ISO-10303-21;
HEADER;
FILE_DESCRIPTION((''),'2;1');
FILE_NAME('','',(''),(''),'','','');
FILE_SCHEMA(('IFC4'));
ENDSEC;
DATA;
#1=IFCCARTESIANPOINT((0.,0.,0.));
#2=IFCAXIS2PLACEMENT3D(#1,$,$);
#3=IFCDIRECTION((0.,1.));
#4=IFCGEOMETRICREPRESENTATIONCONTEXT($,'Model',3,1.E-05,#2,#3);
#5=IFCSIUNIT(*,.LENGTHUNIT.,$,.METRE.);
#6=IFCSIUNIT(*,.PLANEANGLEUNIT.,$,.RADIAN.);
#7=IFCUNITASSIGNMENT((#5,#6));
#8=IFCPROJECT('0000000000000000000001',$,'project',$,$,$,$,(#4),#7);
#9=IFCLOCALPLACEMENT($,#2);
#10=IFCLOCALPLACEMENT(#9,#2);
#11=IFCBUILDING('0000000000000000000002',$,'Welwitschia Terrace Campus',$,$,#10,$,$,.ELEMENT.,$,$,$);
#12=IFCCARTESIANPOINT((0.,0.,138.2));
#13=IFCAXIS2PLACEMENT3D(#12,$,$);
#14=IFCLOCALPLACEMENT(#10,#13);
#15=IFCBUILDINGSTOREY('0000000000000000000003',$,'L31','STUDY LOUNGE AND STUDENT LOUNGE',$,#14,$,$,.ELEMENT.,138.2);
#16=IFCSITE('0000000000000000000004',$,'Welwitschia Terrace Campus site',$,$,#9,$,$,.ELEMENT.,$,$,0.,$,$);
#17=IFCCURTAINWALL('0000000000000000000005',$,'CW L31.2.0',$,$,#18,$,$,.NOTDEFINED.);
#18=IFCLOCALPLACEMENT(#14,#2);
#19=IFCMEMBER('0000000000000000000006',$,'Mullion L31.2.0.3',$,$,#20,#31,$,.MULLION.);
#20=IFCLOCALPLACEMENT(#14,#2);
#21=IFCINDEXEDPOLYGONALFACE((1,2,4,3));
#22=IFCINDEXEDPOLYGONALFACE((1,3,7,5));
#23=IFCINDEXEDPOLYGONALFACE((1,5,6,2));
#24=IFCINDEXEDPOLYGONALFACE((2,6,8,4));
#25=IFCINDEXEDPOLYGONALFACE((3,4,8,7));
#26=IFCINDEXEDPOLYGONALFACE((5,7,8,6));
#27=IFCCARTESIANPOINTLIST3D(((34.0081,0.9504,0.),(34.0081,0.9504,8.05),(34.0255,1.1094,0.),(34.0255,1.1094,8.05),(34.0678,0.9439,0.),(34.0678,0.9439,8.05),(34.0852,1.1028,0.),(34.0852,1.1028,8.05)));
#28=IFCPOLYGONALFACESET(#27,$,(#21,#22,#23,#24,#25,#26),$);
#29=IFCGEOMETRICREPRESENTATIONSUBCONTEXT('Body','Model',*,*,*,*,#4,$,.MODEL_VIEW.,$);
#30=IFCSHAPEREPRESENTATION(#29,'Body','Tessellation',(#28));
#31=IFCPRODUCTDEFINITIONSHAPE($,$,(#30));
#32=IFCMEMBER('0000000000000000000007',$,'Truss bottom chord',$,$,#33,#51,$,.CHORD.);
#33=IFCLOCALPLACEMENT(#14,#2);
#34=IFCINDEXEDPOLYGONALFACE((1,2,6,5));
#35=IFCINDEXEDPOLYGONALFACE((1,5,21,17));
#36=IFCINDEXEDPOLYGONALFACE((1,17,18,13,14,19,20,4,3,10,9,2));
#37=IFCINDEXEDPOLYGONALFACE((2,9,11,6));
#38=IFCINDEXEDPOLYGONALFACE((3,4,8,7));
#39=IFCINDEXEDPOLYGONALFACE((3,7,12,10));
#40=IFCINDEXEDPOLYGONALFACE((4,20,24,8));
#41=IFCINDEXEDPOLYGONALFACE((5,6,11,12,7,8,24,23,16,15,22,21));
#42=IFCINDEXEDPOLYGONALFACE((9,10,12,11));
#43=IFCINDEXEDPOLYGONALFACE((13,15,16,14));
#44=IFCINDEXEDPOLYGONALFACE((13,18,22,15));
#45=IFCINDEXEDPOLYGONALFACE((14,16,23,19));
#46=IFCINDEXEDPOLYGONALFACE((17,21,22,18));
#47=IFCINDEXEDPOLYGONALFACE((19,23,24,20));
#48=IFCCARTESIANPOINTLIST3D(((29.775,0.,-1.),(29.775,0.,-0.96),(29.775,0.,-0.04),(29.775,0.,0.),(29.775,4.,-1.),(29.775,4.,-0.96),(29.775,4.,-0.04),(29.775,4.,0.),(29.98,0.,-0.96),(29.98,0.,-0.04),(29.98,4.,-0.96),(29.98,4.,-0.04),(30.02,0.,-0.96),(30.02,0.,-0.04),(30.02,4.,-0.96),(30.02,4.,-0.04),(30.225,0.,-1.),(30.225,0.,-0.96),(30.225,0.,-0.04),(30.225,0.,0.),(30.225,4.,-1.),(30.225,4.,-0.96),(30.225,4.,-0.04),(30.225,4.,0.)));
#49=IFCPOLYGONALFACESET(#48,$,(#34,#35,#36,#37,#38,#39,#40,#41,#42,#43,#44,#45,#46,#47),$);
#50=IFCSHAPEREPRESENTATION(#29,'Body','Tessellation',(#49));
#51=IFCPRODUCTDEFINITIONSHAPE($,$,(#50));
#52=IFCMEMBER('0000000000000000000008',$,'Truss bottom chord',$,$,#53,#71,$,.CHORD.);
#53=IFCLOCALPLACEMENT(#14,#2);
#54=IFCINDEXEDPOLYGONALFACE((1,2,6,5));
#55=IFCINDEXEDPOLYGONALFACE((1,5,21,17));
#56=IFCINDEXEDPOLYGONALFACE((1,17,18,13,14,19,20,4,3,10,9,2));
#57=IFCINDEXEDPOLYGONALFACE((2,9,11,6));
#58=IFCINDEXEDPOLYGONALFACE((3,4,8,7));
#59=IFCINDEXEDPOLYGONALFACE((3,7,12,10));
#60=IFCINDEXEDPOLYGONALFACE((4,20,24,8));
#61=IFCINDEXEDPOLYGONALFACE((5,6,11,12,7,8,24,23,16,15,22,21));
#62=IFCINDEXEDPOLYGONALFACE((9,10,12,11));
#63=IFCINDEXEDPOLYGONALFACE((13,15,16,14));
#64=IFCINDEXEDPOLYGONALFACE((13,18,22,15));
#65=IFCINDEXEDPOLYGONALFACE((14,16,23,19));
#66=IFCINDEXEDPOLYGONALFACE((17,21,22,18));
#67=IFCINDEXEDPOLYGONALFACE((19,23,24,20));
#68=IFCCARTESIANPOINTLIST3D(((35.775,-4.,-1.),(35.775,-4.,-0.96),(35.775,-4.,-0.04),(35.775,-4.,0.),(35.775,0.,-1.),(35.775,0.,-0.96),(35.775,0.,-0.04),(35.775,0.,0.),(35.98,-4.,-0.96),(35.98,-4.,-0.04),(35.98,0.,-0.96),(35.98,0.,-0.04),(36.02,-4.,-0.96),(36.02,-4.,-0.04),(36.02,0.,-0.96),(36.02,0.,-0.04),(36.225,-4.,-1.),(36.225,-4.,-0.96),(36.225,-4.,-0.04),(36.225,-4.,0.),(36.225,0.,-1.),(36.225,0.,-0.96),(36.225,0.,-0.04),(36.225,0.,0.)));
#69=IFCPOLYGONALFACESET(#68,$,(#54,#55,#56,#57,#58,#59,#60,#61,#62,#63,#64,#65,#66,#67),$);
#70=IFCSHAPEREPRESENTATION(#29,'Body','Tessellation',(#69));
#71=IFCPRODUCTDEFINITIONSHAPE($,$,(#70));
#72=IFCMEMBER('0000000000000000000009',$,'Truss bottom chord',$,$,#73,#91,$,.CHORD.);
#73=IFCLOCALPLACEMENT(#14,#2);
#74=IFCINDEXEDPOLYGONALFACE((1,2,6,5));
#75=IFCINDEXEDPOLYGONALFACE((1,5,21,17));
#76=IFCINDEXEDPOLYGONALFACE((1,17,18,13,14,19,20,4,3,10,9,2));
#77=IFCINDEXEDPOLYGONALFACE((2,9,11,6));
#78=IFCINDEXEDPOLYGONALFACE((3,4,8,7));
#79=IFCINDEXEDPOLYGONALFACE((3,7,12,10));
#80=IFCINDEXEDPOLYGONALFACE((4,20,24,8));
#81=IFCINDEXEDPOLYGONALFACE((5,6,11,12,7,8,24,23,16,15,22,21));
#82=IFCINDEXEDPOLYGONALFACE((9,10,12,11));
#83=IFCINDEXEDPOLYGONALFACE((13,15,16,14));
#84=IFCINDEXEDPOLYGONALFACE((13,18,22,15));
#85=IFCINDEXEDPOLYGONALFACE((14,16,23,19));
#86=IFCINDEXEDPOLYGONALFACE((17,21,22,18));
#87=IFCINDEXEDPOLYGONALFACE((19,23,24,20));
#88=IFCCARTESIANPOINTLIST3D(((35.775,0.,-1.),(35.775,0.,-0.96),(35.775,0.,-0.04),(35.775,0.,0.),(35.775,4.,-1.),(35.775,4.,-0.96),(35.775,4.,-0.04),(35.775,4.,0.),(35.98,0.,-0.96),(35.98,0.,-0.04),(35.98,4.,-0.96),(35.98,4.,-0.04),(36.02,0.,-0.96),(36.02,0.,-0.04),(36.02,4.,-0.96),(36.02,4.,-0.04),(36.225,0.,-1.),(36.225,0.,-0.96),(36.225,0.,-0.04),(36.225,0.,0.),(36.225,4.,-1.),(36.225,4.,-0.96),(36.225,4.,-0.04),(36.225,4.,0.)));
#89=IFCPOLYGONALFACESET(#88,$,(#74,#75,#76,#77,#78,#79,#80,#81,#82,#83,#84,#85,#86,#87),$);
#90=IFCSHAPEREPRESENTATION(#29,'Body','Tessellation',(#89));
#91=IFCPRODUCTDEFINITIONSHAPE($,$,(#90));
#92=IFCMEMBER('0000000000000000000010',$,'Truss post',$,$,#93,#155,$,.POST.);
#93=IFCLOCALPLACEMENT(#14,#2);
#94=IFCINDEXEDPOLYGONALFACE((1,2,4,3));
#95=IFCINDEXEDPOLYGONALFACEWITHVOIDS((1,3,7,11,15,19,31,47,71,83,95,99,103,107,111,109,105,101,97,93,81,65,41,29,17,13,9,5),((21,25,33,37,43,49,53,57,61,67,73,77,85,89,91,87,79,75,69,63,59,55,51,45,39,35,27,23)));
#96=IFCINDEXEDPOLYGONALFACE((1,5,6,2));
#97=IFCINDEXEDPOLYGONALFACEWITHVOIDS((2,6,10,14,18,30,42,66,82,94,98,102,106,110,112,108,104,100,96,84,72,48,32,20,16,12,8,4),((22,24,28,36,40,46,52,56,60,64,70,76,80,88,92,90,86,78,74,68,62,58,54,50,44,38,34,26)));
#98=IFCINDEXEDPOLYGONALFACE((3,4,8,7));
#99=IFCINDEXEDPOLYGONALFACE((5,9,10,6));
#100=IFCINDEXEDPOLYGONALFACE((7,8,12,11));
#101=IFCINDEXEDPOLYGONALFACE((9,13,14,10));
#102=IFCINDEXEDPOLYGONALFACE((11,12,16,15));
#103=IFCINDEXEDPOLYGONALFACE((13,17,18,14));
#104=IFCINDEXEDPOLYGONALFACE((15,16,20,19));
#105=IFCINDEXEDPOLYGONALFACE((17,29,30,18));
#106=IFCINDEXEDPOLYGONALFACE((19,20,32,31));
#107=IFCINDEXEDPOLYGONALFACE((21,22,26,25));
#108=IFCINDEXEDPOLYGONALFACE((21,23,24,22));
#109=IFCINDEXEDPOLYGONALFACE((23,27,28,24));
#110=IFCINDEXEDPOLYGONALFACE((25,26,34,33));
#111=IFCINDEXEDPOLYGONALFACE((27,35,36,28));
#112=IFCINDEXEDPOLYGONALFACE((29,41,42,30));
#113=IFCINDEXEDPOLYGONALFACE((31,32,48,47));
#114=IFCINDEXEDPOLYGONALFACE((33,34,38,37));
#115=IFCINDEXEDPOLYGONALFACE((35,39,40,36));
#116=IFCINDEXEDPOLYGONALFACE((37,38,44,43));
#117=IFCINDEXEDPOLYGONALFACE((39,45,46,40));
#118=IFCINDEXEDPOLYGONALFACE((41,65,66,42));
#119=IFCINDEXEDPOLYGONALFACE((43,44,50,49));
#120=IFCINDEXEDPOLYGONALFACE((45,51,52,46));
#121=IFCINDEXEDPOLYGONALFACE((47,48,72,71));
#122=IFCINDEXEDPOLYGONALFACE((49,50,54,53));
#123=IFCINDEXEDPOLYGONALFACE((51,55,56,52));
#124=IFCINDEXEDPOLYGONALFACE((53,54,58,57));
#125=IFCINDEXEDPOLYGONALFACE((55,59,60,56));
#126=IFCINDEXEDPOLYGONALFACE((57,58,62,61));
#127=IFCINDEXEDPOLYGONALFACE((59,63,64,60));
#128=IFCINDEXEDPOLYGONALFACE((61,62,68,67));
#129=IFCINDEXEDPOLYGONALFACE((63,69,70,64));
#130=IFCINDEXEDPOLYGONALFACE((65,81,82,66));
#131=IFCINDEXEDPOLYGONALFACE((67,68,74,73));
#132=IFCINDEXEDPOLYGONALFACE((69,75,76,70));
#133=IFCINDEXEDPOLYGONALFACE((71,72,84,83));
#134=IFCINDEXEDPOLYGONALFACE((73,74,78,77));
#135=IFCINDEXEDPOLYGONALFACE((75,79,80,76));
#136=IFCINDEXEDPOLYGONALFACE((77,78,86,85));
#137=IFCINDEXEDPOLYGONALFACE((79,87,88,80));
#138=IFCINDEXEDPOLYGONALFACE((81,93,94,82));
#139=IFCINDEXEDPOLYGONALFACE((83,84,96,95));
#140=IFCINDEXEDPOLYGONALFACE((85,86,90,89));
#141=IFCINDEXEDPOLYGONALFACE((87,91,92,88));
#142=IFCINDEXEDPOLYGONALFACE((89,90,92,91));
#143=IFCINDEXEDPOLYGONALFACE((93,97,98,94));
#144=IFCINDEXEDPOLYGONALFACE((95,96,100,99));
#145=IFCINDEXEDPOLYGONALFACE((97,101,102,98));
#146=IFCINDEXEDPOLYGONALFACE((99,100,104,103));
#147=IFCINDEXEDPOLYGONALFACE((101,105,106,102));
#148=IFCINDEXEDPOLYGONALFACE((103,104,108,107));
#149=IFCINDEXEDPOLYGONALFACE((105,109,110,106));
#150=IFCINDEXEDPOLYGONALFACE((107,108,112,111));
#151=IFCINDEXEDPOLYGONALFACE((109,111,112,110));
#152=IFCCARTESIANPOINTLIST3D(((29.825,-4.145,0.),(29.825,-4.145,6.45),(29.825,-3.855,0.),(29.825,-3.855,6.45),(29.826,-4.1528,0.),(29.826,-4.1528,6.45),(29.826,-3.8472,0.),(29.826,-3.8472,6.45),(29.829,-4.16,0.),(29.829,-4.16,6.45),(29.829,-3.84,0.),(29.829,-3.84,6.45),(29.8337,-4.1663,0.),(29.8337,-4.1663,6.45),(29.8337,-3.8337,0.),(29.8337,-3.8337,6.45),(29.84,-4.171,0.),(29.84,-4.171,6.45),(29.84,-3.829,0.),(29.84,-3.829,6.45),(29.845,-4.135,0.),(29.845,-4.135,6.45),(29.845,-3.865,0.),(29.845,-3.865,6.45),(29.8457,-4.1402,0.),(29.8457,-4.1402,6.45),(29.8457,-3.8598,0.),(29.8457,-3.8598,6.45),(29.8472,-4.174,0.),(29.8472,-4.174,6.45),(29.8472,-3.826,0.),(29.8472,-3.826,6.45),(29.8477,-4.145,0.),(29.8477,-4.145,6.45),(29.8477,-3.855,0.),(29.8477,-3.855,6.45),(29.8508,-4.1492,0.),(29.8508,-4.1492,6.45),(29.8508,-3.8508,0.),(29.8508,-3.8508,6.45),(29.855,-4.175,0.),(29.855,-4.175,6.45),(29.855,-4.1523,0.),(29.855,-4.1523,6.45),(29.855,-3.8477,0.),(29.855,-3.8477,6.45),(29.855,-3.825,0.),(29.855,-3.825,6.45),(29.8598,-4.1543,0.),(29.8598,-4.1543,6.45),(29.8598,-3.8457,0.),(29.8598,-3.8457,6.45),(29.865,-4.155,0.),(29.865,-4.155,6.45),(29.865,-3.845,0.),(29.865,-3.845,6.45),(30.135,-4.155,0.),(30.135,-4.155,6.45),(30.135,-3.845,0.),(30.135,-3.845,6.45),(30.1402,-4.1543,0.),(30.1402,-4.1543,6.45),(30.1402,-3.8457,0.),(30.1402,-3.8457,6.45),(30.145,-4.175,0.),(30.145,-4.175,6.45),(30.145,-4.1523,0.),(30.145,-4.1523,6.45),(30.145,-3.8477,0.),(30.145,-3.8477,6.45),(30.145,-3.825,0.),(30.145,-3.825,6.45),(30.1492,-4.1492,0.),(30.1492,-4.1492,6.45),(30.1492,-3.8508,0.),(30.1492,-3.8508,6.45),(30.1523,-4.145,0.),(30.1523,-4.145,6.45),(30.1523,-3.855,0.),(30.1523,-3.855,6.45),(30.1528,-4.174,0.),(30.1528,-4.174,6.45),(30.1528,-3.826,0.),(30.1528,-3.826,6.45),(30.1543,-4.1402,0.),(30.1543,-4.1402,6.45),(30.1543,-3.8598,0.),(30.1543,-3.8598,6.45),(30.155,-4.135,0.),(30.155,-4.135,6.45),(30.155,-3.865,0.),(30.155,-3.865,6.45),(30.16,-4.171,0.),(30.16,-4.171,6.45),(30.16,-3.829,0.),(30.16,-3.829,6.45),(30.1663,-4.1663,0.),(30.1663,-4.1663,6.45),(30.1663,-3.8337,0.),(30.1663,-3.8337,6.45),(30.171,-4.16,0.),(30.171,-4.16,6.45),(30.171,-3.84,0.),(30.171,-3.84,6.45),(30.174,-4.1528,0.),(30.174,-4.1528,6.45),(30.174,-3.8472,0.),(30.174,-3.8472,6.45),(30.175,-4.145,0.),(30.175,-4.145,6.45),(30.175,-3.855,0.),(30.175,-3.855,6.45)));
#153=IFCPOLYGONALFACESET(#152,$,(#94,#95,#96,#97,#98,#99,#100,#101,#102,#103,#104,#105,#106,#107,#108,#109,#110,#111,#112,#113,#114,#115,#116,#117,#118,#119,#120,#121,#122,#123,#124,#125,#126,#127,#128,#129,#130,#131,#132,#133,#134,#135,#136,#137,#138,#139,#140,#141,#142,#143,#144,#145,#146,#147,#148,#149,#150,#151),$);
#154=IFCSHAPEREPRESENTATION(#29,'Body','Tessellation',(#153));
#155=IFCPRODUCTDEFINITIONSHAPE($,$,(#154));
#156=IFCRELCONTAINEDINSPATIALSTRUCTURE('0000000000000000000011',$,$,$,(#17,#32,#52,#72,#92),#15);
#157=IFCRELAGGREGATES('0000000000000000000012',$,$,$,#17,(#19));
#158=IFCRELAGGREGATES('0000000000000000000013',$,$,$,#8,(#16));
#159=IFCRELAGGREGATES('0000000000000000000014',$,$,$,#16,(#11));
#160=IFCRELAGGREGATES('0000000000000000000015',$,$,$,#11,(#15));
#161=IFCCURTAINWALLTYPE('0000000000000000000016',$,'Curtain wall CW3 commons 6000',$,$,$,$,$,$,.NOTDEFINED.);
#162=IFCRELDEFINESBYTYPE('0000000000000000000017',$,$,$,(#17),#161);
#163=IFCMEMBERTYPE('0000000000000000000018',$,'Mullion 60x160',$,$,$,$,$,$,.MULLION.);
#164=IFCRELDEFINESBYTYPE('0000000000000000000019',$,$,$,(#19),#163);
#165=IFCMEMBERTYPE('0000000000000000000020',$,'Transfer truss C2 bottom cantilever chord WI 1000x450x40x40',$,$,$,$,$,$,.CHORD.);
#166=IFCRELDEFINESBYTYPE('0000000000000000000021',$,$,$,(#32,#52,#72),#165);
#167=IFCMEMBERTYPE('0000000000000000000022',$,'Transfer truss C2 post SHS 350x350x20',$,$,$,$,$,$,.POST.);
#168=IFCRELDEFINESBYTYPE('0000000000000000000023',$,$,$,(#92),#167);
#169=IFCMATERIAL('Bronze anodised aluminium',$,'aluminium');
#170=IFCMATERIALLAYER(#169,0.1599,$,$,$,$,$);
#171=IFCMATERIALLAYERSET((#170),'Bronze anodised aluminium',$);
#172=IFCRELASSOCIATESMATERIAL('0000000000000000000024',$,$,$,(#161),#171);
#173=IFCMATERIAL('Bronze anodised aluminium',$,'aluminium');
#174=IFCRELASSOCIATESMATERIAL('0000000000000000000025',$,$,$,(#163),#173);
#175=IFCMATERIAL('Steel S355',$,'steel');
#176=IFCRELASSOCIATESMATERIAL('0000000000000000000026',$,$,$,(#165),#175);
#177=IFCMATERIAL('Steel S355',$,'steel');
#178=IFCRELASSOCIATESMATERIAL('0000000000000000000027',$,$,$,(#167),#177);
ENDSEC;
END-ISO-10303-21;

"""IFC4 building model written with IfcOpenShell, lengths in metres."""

from ifc_helpers import new_model, si_unit, direction, frame, origin, origin_2d, place, context, subcontext, project, spatial, rectangle, hollow_rectangle, i_section, extrude, material, layer, layer_set, material_profile, profile_set, type_object, element, aggregate, save


model = new_model("IFC4")

# Units and contexts
model_context = context("Model", 3, precision=1e-05, world=origin(), true_north=direction((0.0, 1.0)))
body_context = subcontext(model_context, "Body", "Model", "MODEL_VIEW")
ifc_project = project(units=[si_unit("LENGTHUNIT", "METRE"), si_unit("PLANEANGLEUNIT", "RADIAN")], contexts=[model_context])

# Site, building, storey
site_placement = place(None, origin())
site = spatial("IfcSite", under=ifc_project, at=site_placement, Name="Welwitschia Terrace Campus site", CompositionType="ELEMENT", RefElevation=0.0)
building_placement = place(site_placement, origin())
building = spatial("IfcBuilding", under=site, at=building_placement, Name="Welwitschia Terrace Campus", CompositionType="ELEMENT")
storey_placement = place(building_placement, frame((0.0, 0.0, 138.2)))
storey = spatial("IfcBuildingStorey", under=building, at=storey_placement, Name="L31", Description="STUDY LOUNGE AND STUDENT LOUNGE", CompositionType="ELEMENT", Elevation=138.2)

# Curtain wall, member
ifc_material_1 = material(Name="Bronze anodised aluminium", Category="aluminium")
ifc_layer_1 = layer(ifc_material_1, 0.1599)
ifc_layer_set_1 = layer_set([ifc_layer_1], Name="Bronze anodised aluminium")
curtain_wall_type = type_object("IfcCurtainWallType", Name="Curtain wall CW3 commons 6000", PredefinedType="NOTDEFINED", material=ifc_layer_set_1)
curtain_wall_placement = place(storey_placement, origin())
curtain_wall = element("IfcCurtainWall", 1, at=curtain_wall_placement, inside=storey, type_object=curtain_wall_type, Name="CW L31.2.0", PredefinedType="NOTDEFINED")
ifc_material_2 = material(Name="Bronze anodised aluminium", Category="aluminium")
ifc_material_profile_1 = material_profile(ifc_material_2, rectangle(XDim=0.1599, YDim=0.0601, at=origin_2d()))
ifc_profile_set_1 = profile_set([ifc_material_profile_1], Name="Bronze anodised aluminium")
member_type_1 = type_object("IfcMemberType", Name="Mullion 60x160", PredefinedType="MULLION", material=ifc_profile_set_1)
member_placement = place(storey_placement, frame((34.0466, 1.0266, 0.0), z_axis=(0.0, 0.0, 1.0), x_axis=(0.108867, 0.994056, 0.0)))
member = element("IfcMember", 2, at=member_placement, type_object=member_type_1, Name="Mullion L31.2.0.3", PredefinedType="MULLION", context=body_context, shape_type="SweptSolid", body=[
    extrude(rectangle(XDim=0.1599, YDim=0.0601, at=origin_2d()), origin(), (0.0, 0.0, 1.0), 8.05),
])

# Members
ifc_material_3 = material(Name="Steel S355", Category="steel")
ifc_material_profile_2 = material_profile(ifc_material_3, i_section(OverallWidth=0.45, OverallDepth=1.0, WebThickness=0.04, FlangeThickness=0.04, at=origin_2d()))
ifc_profile_set_2 = profile_set([ifc_material_profile_2], Name="Steel S355")
member_type_2 = type_object("IfcMemberType", Name="Transfer truss C2 bottom cantilever chord WI 1000x450x40x40", PredefinedType="CHORD", material=ifc_profile_set_2)
for number, where, z_axis, x_axis, name in (
    (3, (30.0, 0.0, -0.5), (0.0, 1.0, 0.0), (-1.0, 0.0, 0.0), "Truss bottom chord"),
    (4, (36.0, -4.0, -0.5), (0.0, 1.0, 0.0), (-1.0, 0.0, 0.0), "Truss bottom chord"),
    (5, (36.0, 0.0, -0.5), (0.0, 1.0, 0.0), (-1.0, 0.0, 0.0), "Truss bottom chord"),
):
    element("IfcMember", number, at=place(storey_placement, frame(where, z_axis=z_axis, x_axis=x_axis)), inside=storey, type_object=member_type_2, Name=name, PredefinedType="CHORD", context=body_context, shape_type="SweptSolid", body=[
        extrude(i_section(OverallWidth=0.45, OverallDepth=1.0, WebThickness=0.04, FlangeThickness=0.04, at=origin_2d()), origin(), (0.0, 0.0, 1.0), 4.0),
    ])
ifc_material_4 = material(Name="Steel S355", Category="steel")
ifc_material_profile_3 = material_profile(ifc_material_4, hollow_rectangle(XDim=0.3501, YDim=0.3501, WallThickness=0.02, InnerFilletRadius=0.02, OuterFilletRadius=0.03, at=origin_2d()))
ifc_profile_set_3 = profile_set([ifc_material_profile_3], Name="Steel S355")
member_type_3 = type_object("IfcMemberType", Name="Transfer truss C2 post SHS 350x350x20", PredefinedType="POST", material=ifc_profile_set_3)
for number, where, z_axis, x_axis, name in (
    (6, (30.0, -4.0, 0.0), (0.0, 0.0, 1.0), (1.0, 0.0, 0.0), "Truss post"),
):
    element("IfcMember", number, at=place(storey_placement, frame(where, z_axis=z_axis, x_axis=x_axis)), inside=storey, type_object=member_type_3, Name=name, PredefinedType="POST", context=body_context, shape_type="SweptSolid", body=[
        extrude(hollow_rectangle(XDim=0.3501, YDim=0.3501, WallThickness=0.02, InnerFilletRadius=0.02, OuterFilletRadius=0.03, at=origin_2d()), origin(), (0.0, 0.0, 1.0), 6.45),
    ])

aggregate(curtain_wall, [member])

save(model, "model.ifc")
